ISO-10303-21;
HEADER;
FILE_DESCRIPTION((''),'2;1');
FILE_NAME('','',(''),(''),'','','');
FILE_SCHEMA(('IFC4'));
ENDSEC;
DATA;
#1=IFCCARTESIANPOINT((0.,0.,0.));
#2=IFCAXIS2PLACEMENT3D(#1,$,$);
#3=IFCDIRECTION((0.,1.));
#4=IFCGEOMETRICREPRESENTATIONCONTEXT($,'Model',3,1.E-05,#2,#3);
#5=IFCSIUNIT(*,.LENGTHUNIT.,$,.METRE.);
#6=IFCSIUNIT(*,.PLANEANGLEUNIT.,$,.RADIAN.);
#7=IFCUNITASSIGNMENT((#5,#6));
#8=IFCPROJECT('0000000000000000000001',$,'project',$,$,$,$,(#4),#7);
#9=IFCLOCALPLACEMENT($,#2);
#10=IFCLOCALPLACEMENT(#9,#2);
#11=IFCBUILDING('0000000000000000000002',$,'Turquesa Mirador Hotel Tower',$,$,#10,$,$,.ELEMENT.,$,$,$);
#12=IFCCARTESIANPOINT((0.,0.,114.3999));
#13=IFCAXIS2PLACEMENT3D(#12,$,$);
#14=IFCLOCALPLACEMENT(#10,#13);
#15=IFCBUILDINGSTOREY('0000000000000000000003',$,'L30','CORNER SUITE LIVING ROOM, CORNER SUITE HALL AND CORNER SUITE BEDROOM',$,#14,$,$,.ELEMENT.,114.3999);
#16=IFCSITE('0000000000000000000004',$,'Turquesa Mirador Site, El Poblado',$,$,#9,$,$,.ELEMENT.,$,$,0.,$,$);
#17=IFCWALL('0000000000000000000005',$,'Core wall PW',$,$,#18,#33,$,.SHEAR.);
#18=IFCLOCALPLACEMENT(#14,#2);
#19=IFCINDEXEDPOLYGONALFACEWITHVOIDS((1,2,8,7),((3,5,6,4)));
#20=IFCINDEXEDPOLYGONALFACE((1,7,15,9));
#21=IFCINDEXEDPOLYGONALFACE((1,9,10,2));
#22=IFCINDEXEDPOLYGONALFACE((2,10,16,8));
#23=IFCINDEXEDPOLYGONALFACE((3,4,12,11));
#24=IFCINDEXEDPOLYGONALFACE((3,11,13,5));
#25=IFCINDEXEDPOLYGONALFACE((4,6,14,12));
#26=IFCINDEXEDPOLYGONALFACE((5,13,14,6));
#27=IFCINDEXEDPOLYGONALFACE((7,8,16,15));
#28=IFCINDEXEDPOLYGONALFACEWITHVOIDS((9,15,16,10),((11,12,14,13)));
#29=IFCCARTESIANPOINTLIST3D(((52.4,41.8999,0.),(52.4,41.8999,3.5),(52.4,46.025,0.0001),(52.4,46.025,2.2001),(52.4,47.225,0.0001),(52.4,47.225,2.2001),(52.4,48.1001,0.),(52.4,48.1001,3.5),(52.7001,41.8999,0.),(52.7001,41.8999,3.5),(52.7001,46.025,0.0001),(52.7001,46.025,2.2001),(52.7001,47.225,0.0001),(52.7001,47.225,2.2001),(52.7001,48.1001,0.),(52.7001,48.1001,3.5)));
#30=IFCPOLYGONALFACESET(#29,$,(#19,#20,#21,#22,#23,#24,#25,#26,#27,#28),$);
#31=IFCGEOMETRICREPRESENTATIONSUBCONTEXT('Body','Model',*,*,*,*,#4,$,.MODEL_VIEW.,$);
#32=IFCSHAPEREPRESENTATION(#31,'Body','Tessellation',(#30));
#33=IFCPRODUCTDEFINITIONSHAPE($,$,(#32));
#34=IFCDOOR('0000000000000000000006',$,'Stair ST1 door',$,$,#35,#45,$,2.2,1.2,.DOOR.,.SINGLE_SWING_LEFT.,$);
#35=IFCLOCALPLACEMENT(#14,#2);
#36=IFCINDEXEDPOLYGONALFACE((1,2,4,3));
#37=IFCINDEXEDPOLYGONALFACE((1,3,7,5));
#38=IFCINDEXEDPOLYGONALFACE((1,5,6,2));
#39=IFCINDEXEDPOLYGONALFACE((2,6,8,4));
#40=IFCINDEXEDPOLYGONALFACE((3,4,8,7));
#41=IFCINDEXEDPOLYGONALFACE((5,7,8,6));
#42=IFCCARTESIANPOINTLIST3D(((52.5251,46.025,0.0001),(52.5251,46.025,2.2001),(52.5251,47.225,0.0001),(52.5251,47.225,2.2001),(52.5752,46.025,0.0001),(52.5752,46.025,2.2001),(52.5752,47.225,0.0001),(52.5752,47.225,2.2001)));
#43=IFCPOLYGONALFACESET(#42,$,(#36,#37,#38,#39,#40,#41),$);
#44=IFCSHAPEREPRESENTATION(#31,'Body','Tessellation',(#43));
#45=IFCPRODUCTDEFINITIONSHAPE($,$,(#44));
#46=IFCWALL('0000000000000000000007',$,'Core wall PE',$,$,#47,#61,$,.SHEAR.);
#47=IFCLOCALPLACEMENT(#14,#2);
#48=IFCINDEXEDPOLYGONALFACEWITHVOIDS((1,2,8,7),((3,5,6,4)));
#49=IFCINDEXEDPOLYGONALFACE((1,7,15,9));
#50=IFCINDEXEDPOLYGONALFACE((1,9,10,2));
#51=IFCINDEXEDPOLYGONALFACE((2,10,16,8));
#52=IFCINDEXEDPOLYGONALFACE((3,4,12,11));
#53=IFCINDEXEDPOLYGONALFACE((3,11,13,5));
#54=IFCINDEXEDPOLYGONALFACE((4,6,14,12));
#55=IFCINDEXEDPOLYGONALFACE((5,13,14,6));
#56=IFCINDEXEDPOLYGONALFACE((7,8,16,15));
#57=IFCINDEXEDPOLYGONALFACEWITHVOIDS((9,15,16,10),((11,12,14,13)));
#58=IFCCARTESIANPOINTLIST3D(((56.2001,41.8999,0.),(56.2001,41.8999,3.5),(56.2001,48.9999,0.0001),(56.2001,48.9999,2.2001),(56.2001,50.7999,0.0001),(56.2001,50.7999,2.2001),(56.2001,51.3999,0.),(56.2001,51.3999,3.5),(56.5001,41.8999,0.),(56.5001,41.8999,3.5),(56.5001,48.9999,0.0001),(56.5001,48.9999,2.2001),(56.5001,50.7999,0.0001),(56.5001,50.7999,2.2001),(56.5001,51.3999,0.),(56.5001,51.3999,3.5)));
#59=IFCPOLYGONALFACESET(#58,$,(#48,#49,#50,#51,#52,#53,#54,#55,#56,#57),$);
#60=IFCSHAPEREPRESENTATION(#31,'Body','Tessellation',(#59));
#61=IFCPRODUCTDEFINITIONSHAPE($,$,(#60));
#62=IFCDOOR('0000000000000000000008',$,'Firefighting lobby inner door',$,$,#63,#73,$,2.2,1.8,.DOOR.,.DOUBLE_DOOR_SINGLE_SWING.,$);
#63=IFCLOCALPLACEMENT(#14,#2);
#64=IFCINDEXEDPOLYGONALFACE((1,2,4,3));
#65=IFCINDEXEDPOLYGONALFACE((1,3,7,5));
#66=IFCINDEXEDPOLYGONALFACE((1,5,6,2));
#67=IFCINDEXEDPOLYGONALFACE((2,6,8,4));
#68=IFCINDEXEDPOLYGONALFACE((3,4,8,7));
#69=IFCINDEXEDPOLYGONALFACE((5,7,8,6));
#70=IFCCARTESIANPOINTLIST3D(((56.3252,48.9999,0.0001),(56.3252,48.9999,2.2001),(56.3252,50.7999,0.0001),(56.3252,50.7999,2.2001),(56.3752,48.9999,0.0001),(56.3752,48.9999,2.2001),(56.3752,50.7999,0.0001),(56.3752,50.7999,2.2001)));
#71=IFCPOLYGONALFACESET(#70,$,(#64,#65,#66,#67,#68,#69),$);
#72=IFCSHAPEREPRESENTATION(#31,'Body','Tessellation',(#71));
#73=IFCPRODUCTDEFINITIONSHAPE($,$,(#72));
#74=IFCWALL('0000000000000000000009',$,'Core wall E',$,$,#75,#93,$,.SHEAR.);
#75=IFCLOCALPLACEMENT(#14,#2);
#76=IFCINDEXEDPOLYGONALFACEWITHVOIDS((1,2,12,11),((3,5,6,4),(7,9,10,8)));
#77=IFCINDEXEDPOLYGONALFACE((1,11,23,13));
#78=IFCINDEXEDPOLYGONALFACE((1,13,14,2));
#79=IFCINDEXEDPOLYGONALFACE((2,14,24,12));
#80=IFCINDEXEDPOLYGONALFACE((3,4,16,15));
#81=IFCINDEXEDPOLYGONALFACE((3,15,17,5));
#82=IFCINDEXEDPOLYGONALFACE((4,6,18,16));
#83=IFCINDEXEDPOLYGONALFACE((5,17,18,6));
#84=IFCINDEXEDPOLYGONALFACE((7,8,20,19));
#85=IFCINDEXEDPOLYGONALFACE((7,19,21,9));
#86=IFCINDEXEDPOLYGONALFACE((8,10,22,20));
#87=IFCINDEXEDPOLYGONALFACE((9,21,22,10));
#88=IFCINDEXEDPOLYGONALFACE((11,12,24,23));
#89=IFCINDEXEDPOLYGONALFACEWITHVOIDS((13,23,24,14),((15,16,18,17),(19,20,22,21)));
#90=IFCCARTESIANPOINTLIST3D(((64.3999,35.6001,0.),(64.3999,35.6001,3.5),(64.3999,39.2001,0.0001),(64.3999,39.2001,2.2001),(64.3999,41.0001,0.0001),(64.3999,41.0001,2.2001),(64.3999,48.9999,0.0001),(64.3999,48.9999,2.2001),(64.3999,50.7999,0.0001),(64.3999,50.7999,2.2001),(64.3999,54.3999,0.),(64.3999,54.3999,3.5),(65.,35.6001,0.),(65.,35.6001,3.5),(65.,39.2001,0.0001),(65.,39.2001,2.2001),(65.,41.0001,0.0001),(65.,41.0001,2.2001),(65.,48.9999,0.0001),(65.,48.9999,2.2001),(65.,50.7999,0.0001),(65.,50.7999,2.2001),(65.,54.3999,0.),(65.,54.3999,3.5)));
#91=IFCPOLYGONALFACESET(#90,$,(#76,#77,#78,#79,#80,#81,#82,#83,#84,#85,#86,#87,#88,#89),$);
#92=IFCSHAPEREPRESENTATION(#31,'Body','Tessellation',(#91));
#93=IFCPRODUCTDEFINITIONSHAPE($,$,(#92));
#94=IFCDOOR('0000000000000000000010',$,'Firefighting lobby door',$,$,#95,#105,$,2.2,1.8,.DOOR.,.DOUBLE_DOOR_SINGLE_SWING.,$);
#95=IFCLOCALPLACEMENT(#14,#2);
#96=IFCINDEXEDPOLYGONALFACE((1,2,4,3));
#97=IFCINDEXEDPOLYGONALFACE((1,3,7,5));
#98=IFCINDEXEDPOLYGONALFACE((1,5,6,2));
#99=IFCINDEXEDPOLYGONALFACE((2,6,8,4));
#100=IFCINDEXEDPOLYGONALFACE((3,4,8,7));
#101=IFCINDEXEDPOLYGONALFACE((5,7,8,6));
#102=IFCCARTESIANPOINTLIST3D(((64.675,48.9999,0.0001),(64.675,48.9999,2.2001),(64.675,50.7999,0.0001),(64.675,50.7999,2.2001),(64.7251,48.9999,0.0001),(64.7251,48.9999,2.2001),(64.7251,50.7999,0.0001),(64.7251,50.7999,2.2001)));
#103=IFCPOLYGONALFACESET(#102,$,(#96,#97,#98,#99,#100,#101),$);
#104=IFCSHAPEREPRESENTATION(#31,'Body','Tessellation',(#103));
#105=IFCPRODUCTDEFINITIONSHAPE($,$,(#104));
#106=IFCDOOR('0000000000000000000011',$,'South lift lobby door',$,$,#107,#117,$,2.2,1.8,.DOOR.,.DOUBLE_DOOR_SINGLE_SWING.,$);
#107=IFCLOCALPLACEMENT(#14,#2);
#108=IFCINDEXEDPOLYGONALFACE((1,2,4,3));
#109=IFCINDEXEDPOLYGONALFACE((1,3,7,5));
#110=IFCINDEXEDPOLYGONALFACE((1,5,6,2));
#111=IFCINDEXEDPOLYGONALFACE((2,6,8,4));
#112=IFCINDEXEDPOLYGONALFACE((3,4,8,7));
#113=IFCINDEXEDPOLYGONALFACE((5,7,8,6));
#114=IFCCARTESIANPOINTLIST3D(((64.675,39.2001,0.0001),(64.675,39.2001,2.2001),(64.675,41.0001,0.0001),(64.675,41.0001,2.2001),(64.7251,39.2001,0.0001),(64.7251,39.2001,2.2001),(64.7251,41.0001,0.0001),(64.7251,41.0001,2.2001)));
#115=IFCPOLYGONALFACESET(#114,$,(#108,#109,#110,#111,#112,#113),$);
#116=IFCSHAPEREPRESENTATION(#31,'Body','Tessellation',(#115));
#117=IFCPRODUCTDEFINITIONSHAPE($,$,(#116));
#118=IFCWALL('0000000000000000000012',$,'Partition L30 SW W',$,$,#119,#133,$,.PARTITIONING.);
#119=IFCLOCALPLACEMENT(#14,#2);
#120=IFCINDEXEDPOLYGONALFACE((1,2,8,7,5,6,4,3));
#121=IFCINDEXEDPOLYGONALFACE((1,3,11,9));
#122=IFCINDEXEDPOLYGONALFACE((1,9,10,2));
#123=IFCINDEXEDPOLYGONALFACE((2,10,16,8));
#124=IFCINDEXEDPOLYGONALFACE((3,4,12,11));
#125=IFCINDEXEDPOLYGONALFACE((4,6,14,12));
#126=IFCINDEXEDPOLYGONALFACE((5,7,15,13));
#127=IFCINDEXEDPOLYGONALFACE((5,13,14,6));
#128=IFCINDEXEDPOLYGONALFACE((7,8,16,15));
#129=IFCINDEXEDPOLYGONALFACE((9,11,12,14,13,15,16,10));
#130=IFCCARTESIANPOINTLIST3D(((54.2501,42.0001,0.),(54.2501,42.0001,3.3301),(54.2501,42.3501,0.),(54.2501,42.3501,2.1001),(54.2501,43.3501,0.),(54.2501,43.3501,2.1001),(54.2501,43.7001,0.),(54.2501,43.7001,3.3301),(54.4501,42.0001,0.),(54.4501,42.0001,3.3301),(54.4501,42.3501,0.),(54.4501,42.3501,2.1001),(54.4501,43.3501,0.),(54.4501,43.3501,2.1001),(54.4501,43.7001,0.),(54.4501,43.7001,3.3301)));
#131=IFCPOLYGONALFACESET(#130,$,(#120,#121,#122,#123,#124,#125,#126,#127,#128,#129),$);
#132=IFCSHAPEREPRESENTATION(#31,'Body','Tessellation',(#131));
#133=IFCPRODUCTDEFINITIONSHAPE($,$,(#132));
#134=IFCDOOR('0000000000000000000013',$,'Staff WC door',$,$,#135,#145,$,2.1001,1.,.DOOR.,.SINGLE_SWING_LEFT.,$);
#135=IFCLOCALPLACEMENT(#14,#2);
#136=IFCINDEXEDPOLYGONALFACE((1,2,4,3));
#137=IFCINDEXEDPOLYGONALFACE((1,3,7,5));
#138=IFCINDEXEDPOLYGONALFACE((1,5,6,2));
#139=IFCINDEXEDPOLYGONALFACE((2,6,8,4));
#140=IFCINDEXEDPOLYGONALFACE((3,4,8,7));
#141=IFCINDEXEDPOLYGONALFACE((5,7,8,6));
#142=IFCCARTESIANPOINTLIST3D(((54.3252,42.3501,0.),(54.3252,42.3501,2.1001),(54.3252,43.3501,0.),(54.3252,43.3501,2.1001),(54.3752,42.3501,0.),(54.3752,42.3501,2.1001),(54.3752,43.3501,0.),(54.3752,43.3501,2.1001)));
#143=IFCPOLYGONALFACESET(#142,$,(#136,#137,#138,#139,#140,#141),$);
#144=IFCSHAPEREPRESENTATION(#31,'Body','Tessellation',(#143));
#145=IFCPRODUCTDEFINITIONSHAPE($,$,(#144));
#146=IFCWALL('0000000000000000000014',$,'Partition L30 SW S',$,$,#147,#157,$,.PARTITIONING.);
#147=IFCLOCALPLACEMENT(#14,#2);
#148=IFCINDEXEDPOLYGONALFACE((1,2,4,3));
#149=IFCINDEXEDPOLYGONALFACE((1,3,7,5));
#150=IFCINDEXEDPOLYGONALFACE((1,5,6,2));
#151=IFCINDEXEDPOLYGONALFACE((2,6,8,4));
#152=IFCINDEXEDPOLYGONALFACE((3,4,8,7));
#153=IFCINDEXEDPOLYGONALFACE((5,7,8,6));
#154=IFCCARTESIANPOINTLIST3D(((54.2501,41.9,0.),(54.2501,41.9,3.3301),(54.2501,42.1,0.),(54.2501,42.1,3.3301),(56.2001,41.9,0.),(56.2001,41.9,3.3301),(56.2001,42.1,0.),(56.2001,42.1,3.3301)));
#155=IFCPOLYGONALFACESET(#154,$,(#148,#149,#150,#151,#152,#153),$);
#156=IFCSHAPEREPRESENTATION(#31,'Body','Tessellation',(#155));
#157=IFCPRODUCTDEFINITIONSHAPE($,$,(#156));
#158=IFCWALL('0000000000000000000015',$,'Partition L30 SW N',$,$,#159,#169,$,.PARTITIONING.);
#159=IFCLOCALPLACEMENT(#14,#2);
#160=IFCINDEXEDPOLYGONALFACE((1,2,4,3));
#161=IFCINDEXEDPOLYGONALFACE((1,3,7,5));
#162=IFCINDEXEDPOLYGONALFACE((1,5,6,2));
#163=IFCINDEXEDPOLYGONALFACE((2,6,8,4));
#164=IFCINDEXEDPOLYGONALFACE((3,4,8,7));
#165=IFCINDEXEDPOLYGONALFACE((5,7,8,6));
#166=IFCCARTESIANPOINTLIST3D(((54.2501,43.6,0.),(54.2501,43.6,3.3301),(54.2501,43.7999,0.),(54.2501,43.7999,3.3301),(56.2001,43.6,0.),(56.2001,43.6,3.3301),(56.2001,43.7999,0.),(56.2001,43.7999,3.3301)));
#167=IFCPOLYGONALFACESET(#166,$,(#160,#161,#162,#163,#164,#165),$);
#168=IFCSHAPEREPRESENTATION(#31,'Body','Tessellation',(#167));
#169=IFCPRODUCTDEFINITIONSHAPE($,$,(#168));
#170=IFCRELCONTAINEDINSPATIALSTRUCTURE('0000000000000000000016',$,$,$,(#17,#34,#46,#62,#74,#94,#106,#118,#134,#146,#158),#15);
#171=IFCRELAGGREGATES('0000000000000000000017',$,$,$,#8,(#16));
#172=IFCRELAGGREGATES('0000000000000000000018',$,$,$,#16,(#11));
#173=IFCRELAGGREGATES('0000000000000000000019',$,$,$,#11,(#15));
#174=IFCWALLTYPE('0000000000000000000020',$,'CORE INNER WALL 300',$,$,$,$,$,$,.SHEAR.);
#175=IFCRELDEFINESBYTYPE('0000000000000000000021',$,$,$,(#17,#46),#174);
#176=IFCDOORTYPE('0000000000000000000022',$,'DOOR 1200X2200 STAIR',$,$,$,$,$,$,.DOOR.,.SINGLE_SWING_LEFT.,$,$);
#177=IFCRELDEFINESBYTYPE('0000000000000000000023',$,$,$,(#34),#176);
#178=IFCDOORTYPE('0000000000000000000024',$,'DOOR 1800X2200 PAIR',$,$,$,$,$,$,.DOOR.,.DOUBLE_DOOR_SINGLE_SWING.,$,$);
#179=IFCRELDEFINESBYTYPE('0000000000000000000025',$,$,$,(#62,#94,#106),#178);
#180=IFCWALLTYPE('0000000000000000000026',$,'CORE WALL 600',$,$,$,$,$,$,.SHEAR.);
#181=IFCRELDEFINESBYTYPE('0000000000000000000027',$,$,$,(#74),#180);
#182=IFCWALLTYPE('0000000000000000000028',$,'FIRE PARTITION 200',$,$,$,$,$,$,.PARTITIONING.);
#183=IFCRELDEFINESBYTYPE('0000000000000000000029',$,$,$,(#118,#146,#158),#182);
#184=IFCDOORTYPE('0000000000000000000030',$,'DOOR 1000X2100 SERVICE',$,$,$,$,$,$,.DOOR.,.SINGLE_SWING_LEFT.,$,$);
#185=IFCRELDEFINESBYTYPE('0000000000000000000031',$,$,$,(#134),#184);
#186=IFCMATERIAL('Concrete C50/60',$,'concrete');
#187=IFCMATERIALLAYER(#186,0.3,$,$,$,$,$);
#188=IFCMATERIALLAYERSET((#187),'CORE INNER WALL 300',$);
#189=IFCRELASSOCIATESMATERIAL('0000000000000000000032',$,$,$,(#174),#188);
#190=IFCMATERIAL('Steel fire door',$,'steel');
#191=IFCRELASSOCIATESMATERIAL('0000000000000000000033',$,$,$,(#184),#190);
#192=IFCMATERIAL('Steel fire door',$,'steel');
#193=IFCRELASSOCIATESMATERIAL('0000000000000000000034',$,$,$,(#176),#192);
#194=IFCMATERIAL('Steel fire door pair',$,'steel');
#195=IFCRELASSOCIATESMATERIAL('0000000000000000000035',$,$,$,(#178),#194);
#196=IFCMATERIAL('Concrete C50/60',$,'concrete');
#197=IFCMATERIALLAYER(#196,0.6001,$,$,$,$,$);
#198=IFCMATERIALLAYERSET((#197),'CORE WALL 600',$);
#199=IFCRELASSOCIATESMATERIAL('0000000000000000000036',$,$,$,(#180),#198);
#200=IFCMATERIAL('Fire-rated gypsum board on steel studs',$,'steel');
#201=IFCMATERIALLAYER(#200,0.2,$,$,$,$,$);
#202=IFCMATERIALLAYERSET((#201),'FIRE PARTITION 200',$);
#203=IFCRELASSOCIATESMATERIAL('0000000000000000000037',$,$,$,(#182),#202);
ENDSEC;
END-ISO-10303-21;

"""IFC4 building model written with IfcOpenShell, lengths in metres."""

from ifc_helpers import new_model, si_unit, direction, frame, frame_2d, origin, place, context, subcontext, project, spatial, rectangle, extrude, material, layer, layer_set, type_object, element, fill, save


model = new_model("IFC4")

# Units and contexts
model_context = context("Model", 3, precision=1e-05, world=origin(), true_north=direction((0.0, 1.0)))
body_context = subcontext(model_context, "Body", "Model", "MODEL_VIEW")
ifc_project = project(units=[si_unit("LENGTHUNIT", "METRE"), si_unit("PLANEANGLEUNIT", "RADIAN")], contexts=[model_context])

# Site, building, storey
site_placement = place(None, origin())
site = spatial("IfcSite", under=ifc_project, at=site_placement, Name="Turquesa Mirador Site, El Poblado", CompositionType="ELEMENT", RefElevation=0.0)
building_placement = place(site_placement, origin())
building = spatial("IfcBuilding", under=site, at=building_placement, Name="Turquesa Mirador Hotel Tower", CompositionType="ELEMENT")
storey_placement = place(building_placement, frame((0.0, 0.0, 114.3999)))
storey = spatial("IfcBuildingStorey", under=building, at=storey_placement, Name="L30", Description="CORNER SUITE LIVING ROOM, CORNER SUITE HALL AND CORNER SUITE BEDROOM", CompositionType="ELEMENT", Elevation=114.3999)

# Walls, openings, doors
ifc_material_1 = material(Name="Concrete C50/60", Category="concrete")
ifc_layer_1 = layer(ifc_material_1, 0.3)
ifc_layer_set_1 = layer_set([ifc_layer_1], Name="CORE INNER WALL 300")
wall_type_1 = type_object("IfcWallType", Name="CORE INNER WALL 300", PredefinedType="SHEAR", material=ifc_layer_set_1)
ifc_material_2 = material(Name="Steel fire door", Category="steel")
door_type_1 = type_object("IfcDoorType", Name="DOOR 1000X2100 SERVICE", OperationType="SINGLE_SWING_LEFT", PredefinedType="DOOR", material=ifc_material_2)
wall_1_placement = place(storey_placement, frame((52.55, 41.8999, 0.0), z_axis=(0.0, 0.0, 1.0), x_axis=(0.0, 1.0, 0.0)))
wall_1 = element("IfcWall", 1, at=wall_1_placement, inside=storey, type_object=wall_type_1, Name="Core wall PW", PredefinedType="SHEAR", context=body_context, shape_type="SweptSolid", body=[
    extrude(rectangle(XDim=6.2002, YDim=0.3, at=frame_2d((3.1001, 0.0))), origin(), (0.0, 0.0, 1.0), 3.5),
])
opening_1_placement = place(wall_1_placement, frame((4.125, 0.0, 0.0)))
opening_1 = element("IfcOpeningElement", 2, at=opening_1_placement, cuts=wall_1, PredefinedType="OPENING", context=body_context, shape_type="SweptSolid", body=[
    extrude(rectangle(XDim=1.2, YDim=2.2, at=frame_2d((0.6001, 1.1001))), frame((0.0, 0.1599, 0.0), z_axis=(0.0, -1.0, 0.0), x_axis=(1.0, 0.0, 0.0)), (0.0, 0.0, 1.0), 0.3201),
])
ifc_material_3 = material(Name="Steel fire door", Category="steel")
door_type_2 = type_object("IfcDoorType", Name="DOOR 1200X2200 STAIR", OperationType="SINGLE_SWING_LEFT", PredefinedType="DOOR", material=ifc_material_3)
door_1_placement = place(opening_1_placement, origin())
door_1 = element("IfcDoor", 3, at=door_1_placement, inside=storey, type_object=door_type_2, Name="Stair ST1 door", OperationType="SINGLE_SWING_LEFT", OverallHeight=2.2, OverallWidth=1.2, PredefinedType="DOOR", context=body_context, shape_type="SweptSolid", body=[
    extrude(rectangle(XDim=1.2, YDim=2.2, at=frame_2d((0.6001, 1.1001))), frame((0.0, 0.0249, 0.0), z_axis=(0.0, -1.0, 0.0), x_axis=(1.0, 0.0, 0.0)), (0.0, 0.0, 1.0), 0.05),
])
fill(opening_1, door_1)
wall_2_placement = place(storey_placement, frame((56.3501, 41.8999, 0.0), z_axis=(0.0, 0.0, 1.0), x_axis=(0.0, 1.0, 0.0)))
wall_2 = element("IfcWall", 4, at=wall_2_placement, inside=storey, type_object=wall_type_1, Name="Core wall PE", PredefinedType="SHEAR", context=body_context, shape_type="SweptSolid", body=[
    extrude(rectangle(XDim=9.5, YDim=0.3, at=frame_2d((4.75, 0.0))), origin(), (0.0, 0.0, 1.0), 3.5),
])
opening_2_placement = place(wall_2_placement, frame((7.1001, 0.0, 0.0)))
opening_2 = element("IfcOpeningElement", 5, at=opening_2_placement, cuts=wall_2, PredefinedType="OPENING", context=body_context, shape_type="SweptSolid", body=[
    extrude(rectangle(XDim=1.8, YDim=2.2, at=frame_2d((0.8999, 1.1001))), frame((0.0, 0.1599, 0.0), z_axis=(0.0, -1.0, 0.0), x_axis=(1.0, 0.0, 0.0)), (0.0, 0.0, 1.0), 0.3201),
])
ifc_material_4 = material(Name="Steel fire door pair", Category="steel")
door_type_3 = type_object("IfcDoorType", Name="DOOR 1800X2200 PAIR", OperationType="DOUBLE_DOOR_SINGLE_SWING", PredefinedType="DOOR", material=ifc_material_4)
door_2_placement = place(opening_2_placement, origin())
door_2 = element("IfcDoor", 6, at=door_2_placement, inside=storey, type_object=door_type_3, Name="Firefighting lobby inner door", OperationType="DOUBLE_DOOR_SINGLE_SWING", OverallHeight=2.2, OverallWidth=1.8, PredefinedType="DOOR", context=body_context, shape_type="SweptSolid", body=[
    extrude(rectangle(XDim=1.8, YDim=2.2, at=frame_2d((0.8999, 1.1001))), frame((0.0, 0.0249, 0.0), z_axis=(0.0, -1.0, 0.0), x_axis=(1.0, 0.0, 0.0)), (0.0, 0.0, 1.0), 0.05),
])
fill(opening_2, door_2)

# Wall, openings, doors
ifc_material_5 = material(Name="Concrete C50/60", Category="concrete")
ifc_layer_2 = layer(ifc_material_5, 0.6001)
ifc_layer_set_2 = layer_set([ifc_layer_2], Name="CORE WALL 600")
wall_type_2 = type_object("IfcWallType", Name="CORE WALL 600", PredefinedType="SHEAR", material=ifc_layer_set_2)
wall_3_placement = place(storey_placement, frame((64.7, 35.6001, 0.0), z_axis=(0.0, 0.0, 1.0), x_axis=(0.0, 1.0, 0.0)))
wall_3 = element("IfcWall", 7, at=wall_3_placement, inside=storey, type_object=wall_type_2, Name="Core wall E", PredefinedType="SHEAR", context=body_context, shape_type="SweptSolid", body=[
    extrude(rectangle(XDim=18.7998, YDim=0.6001, at=frame_2d((9.3999, 0.0))), origin(), (0.0, 0.0, 1.0), 3.5),
])
opening_3_placement = place(wall_3_placement, frame((13.3999, 0.0, 0.0)))
opening_3 = element("IfcOpeningElement", 8, at=opening_3_placement, cuts=wall_3, PredefinedType="OPENING", context=body_context, shape_type="SweptSolid", body=[
    extrude(rectangle(XDim=1.8, YDim=2.2, at=frame_2d((0.8999, 1.1001))), frame((0.0, 0.3101, 0.0), z_axis=(0.0, -1.0, 0.0), x_axis=(1.0, 0.0, 0.0)), (0.0, 0.0, 1.0), 0.6201),
])
opening_4_placement = place(wall_3_placement, frame((3.6001, 0.0, 0.0)))
opening_4 = element("IfcOpeningElement", 9, at=opening_4_placement, cuts=wall_3, PredefinedType="OPENING", context=body_context, shape_type="SweptSolid", body=[
    extrude(rectangle(XDim=1.8, YDim=2.2, at=frame_2d((0.8999, 1.1001))), frame((0.0, 0.3101, 0.0), z_axis=(0.0, -1.0, 0.0), x_axis=(1.0, 0.0, 0.0)), (0.0, 0.0, 1.0), 0.6201),
])
door_3_placement = place(opening_3_placement, origin())
door_3 = element("IfcDoor", 10, at=door_3_placement, inside=storey, type_object=door_type_3, Name="Firefighting lobby door", OperationType="DOUBLE_DOOR_SINGLE_SWING", OverallHeight=2.2, OverallWidth=1.8, PredefinedType="DOOR", context=body_context, shape_type="SweptSolid", body=[
    extrude(rectangle(XDim=1.8, YDim=2.2, at=frame_2d((0.8999, 1.1001))), frame((0.0, 0.0249, 0.0), z_axis=(0.0, -1.0, 0.0), x_axis=(1.0, 0.0, 0.0)), (0.0, 0.0, 1.0), 0.05),
])
fill(opening_3, door_3)
door_4_placement = place(opening_4_placement, origin())
door_4 = element("IfcDoor", 11, at=door_4_placement, inside=storey, type_object=door_type_3, Name="South lift lobby door", OperationType="DOUBLE_DOOR_SINGLE_SWING", OverallHeight=2.2, OverallWidth=1.8, PredefinedType="DOOR", context=body_context, shape_type="SweptSolid", body=[
    extrude(rectangle(XDim=1.8, YDim=2.2, at=frame_2d((0.8999, 1.1001))), frame((0.0, 0.0249, 0.0), z_axis=(0.0, -1.0, 0.0), x_axis=(1.0, 0.0, 0.0)), (0.0, 0.0, 1.0), 0.05),
])
fill(opening_4, door_4)

# Wall, opening, door
ifc_material_6 = material(Name="Fire-rated gypsum board on steel studs", Category="steel")
ifc_layer_3 = layer(ifc_material_6, 0.2)
ifc_layer_set_3 = layer_set([ifc_layer_3], Name="FIRE PARTITION 200")
wall_type_3 = type_object("IfcWallType", Name="FIRE PARTITION 200", PredefinedType="PARTITIONING", material=ifc_layer_set_3)
wall_4_placement = place(storey_placement, frame((54.3501, 42.0, 0.0), z_axis=(0.0, 0.0, 1.0), x_axis=(0.0, 1.0, 0.0)))
wall_4 = element("IfcWall", 12, at=wall_4_placement, inside=storey, type_object=wall_type_3, Name="Partition L30 SW W", PredefinedType="PARTITIONING", context=body_context, shape_type="SweptSolid", body=[
    extrude(rectangle(XDim=1.7, YDim=0.2, at=frame_2d((0.8501, 0.0))), origin(), (0.0, 0.0, 1.0), 3.3301),
])
opening_5_placement = place(wall_4_placement, frame((0.3501, 0.0, 0.0)))
opening_5 = element("IfcOpeningElement", 13, at=opening_5_placement, cuts=wall_4, PredefinedType="OPENING", context=body_context, shape_type="SweptSolid", body=[
    extrude(rectangle(XDim=1.0, YDim=2.1001, at=frame_2d((0.5, 1.05))), frame((0.0, 0.1099, 0.0), z_axis=(0.0, -1.0, 0.0), x_axis=(1.0, 0.0, 0.0)), (0.0, 0.0, 1.0), 0.22),
])
door_5_placement = place(opening_5_placement, origin())
door_5 = element("IfcDoor", 14, at=door_5_placement, inside=storey, type_object=door_type_1, Name="Staff WC door", OperationType="SINGLE_SWING_LEFT", OverallHeight=2.1001, OverallWidth=1.0, PredefinedType="DOOR", context=body_context, shape_type="SweptSolid", body=[
    extrude(rectangle(XDim=1.0, YDim=2.1001, at=frame_2d((0.5, 1.05))), frame((0.0, 0.0249, 0.0), z_axis=(0.0, -1.0, 0.0), x_axis=(1.0, 0.0, 0.0)), (0.0, 0.0, 1.0), 0.05),
])
fill(opening_5, door_5)

# Walls
for number, where, z_axis, x_axis, name in (
    (15, (54.25, 42.0, 0.0), (0.0, 0.0, 1.0), (1.0, 0.0, 0.0), "Partition L30 SW S"),
    (16, (54.25, 43.7, 0.0), (0.0, 0.0, 1.0), (1.0, 0.0, 0.0), "Partition L30 SW N"),
):
    element("IfcWall", number, at=place(storey_placement, frame(where, z_axis=z_axis, x_axis=x_axis)), inside=storey, type_object=wall_type_3, Name=name, PredefinedType="PARTITIONING", context=body_context, shape_type="SweptSolid", body=[
        extrude(rectangle(XDim=1.95, YDim=0.2, at=frame_2d((0.9751, 0.0))), origin(), (0.0, 0.0, 1.0), 3.3301),
    ])

save(model, "model.ifc")
